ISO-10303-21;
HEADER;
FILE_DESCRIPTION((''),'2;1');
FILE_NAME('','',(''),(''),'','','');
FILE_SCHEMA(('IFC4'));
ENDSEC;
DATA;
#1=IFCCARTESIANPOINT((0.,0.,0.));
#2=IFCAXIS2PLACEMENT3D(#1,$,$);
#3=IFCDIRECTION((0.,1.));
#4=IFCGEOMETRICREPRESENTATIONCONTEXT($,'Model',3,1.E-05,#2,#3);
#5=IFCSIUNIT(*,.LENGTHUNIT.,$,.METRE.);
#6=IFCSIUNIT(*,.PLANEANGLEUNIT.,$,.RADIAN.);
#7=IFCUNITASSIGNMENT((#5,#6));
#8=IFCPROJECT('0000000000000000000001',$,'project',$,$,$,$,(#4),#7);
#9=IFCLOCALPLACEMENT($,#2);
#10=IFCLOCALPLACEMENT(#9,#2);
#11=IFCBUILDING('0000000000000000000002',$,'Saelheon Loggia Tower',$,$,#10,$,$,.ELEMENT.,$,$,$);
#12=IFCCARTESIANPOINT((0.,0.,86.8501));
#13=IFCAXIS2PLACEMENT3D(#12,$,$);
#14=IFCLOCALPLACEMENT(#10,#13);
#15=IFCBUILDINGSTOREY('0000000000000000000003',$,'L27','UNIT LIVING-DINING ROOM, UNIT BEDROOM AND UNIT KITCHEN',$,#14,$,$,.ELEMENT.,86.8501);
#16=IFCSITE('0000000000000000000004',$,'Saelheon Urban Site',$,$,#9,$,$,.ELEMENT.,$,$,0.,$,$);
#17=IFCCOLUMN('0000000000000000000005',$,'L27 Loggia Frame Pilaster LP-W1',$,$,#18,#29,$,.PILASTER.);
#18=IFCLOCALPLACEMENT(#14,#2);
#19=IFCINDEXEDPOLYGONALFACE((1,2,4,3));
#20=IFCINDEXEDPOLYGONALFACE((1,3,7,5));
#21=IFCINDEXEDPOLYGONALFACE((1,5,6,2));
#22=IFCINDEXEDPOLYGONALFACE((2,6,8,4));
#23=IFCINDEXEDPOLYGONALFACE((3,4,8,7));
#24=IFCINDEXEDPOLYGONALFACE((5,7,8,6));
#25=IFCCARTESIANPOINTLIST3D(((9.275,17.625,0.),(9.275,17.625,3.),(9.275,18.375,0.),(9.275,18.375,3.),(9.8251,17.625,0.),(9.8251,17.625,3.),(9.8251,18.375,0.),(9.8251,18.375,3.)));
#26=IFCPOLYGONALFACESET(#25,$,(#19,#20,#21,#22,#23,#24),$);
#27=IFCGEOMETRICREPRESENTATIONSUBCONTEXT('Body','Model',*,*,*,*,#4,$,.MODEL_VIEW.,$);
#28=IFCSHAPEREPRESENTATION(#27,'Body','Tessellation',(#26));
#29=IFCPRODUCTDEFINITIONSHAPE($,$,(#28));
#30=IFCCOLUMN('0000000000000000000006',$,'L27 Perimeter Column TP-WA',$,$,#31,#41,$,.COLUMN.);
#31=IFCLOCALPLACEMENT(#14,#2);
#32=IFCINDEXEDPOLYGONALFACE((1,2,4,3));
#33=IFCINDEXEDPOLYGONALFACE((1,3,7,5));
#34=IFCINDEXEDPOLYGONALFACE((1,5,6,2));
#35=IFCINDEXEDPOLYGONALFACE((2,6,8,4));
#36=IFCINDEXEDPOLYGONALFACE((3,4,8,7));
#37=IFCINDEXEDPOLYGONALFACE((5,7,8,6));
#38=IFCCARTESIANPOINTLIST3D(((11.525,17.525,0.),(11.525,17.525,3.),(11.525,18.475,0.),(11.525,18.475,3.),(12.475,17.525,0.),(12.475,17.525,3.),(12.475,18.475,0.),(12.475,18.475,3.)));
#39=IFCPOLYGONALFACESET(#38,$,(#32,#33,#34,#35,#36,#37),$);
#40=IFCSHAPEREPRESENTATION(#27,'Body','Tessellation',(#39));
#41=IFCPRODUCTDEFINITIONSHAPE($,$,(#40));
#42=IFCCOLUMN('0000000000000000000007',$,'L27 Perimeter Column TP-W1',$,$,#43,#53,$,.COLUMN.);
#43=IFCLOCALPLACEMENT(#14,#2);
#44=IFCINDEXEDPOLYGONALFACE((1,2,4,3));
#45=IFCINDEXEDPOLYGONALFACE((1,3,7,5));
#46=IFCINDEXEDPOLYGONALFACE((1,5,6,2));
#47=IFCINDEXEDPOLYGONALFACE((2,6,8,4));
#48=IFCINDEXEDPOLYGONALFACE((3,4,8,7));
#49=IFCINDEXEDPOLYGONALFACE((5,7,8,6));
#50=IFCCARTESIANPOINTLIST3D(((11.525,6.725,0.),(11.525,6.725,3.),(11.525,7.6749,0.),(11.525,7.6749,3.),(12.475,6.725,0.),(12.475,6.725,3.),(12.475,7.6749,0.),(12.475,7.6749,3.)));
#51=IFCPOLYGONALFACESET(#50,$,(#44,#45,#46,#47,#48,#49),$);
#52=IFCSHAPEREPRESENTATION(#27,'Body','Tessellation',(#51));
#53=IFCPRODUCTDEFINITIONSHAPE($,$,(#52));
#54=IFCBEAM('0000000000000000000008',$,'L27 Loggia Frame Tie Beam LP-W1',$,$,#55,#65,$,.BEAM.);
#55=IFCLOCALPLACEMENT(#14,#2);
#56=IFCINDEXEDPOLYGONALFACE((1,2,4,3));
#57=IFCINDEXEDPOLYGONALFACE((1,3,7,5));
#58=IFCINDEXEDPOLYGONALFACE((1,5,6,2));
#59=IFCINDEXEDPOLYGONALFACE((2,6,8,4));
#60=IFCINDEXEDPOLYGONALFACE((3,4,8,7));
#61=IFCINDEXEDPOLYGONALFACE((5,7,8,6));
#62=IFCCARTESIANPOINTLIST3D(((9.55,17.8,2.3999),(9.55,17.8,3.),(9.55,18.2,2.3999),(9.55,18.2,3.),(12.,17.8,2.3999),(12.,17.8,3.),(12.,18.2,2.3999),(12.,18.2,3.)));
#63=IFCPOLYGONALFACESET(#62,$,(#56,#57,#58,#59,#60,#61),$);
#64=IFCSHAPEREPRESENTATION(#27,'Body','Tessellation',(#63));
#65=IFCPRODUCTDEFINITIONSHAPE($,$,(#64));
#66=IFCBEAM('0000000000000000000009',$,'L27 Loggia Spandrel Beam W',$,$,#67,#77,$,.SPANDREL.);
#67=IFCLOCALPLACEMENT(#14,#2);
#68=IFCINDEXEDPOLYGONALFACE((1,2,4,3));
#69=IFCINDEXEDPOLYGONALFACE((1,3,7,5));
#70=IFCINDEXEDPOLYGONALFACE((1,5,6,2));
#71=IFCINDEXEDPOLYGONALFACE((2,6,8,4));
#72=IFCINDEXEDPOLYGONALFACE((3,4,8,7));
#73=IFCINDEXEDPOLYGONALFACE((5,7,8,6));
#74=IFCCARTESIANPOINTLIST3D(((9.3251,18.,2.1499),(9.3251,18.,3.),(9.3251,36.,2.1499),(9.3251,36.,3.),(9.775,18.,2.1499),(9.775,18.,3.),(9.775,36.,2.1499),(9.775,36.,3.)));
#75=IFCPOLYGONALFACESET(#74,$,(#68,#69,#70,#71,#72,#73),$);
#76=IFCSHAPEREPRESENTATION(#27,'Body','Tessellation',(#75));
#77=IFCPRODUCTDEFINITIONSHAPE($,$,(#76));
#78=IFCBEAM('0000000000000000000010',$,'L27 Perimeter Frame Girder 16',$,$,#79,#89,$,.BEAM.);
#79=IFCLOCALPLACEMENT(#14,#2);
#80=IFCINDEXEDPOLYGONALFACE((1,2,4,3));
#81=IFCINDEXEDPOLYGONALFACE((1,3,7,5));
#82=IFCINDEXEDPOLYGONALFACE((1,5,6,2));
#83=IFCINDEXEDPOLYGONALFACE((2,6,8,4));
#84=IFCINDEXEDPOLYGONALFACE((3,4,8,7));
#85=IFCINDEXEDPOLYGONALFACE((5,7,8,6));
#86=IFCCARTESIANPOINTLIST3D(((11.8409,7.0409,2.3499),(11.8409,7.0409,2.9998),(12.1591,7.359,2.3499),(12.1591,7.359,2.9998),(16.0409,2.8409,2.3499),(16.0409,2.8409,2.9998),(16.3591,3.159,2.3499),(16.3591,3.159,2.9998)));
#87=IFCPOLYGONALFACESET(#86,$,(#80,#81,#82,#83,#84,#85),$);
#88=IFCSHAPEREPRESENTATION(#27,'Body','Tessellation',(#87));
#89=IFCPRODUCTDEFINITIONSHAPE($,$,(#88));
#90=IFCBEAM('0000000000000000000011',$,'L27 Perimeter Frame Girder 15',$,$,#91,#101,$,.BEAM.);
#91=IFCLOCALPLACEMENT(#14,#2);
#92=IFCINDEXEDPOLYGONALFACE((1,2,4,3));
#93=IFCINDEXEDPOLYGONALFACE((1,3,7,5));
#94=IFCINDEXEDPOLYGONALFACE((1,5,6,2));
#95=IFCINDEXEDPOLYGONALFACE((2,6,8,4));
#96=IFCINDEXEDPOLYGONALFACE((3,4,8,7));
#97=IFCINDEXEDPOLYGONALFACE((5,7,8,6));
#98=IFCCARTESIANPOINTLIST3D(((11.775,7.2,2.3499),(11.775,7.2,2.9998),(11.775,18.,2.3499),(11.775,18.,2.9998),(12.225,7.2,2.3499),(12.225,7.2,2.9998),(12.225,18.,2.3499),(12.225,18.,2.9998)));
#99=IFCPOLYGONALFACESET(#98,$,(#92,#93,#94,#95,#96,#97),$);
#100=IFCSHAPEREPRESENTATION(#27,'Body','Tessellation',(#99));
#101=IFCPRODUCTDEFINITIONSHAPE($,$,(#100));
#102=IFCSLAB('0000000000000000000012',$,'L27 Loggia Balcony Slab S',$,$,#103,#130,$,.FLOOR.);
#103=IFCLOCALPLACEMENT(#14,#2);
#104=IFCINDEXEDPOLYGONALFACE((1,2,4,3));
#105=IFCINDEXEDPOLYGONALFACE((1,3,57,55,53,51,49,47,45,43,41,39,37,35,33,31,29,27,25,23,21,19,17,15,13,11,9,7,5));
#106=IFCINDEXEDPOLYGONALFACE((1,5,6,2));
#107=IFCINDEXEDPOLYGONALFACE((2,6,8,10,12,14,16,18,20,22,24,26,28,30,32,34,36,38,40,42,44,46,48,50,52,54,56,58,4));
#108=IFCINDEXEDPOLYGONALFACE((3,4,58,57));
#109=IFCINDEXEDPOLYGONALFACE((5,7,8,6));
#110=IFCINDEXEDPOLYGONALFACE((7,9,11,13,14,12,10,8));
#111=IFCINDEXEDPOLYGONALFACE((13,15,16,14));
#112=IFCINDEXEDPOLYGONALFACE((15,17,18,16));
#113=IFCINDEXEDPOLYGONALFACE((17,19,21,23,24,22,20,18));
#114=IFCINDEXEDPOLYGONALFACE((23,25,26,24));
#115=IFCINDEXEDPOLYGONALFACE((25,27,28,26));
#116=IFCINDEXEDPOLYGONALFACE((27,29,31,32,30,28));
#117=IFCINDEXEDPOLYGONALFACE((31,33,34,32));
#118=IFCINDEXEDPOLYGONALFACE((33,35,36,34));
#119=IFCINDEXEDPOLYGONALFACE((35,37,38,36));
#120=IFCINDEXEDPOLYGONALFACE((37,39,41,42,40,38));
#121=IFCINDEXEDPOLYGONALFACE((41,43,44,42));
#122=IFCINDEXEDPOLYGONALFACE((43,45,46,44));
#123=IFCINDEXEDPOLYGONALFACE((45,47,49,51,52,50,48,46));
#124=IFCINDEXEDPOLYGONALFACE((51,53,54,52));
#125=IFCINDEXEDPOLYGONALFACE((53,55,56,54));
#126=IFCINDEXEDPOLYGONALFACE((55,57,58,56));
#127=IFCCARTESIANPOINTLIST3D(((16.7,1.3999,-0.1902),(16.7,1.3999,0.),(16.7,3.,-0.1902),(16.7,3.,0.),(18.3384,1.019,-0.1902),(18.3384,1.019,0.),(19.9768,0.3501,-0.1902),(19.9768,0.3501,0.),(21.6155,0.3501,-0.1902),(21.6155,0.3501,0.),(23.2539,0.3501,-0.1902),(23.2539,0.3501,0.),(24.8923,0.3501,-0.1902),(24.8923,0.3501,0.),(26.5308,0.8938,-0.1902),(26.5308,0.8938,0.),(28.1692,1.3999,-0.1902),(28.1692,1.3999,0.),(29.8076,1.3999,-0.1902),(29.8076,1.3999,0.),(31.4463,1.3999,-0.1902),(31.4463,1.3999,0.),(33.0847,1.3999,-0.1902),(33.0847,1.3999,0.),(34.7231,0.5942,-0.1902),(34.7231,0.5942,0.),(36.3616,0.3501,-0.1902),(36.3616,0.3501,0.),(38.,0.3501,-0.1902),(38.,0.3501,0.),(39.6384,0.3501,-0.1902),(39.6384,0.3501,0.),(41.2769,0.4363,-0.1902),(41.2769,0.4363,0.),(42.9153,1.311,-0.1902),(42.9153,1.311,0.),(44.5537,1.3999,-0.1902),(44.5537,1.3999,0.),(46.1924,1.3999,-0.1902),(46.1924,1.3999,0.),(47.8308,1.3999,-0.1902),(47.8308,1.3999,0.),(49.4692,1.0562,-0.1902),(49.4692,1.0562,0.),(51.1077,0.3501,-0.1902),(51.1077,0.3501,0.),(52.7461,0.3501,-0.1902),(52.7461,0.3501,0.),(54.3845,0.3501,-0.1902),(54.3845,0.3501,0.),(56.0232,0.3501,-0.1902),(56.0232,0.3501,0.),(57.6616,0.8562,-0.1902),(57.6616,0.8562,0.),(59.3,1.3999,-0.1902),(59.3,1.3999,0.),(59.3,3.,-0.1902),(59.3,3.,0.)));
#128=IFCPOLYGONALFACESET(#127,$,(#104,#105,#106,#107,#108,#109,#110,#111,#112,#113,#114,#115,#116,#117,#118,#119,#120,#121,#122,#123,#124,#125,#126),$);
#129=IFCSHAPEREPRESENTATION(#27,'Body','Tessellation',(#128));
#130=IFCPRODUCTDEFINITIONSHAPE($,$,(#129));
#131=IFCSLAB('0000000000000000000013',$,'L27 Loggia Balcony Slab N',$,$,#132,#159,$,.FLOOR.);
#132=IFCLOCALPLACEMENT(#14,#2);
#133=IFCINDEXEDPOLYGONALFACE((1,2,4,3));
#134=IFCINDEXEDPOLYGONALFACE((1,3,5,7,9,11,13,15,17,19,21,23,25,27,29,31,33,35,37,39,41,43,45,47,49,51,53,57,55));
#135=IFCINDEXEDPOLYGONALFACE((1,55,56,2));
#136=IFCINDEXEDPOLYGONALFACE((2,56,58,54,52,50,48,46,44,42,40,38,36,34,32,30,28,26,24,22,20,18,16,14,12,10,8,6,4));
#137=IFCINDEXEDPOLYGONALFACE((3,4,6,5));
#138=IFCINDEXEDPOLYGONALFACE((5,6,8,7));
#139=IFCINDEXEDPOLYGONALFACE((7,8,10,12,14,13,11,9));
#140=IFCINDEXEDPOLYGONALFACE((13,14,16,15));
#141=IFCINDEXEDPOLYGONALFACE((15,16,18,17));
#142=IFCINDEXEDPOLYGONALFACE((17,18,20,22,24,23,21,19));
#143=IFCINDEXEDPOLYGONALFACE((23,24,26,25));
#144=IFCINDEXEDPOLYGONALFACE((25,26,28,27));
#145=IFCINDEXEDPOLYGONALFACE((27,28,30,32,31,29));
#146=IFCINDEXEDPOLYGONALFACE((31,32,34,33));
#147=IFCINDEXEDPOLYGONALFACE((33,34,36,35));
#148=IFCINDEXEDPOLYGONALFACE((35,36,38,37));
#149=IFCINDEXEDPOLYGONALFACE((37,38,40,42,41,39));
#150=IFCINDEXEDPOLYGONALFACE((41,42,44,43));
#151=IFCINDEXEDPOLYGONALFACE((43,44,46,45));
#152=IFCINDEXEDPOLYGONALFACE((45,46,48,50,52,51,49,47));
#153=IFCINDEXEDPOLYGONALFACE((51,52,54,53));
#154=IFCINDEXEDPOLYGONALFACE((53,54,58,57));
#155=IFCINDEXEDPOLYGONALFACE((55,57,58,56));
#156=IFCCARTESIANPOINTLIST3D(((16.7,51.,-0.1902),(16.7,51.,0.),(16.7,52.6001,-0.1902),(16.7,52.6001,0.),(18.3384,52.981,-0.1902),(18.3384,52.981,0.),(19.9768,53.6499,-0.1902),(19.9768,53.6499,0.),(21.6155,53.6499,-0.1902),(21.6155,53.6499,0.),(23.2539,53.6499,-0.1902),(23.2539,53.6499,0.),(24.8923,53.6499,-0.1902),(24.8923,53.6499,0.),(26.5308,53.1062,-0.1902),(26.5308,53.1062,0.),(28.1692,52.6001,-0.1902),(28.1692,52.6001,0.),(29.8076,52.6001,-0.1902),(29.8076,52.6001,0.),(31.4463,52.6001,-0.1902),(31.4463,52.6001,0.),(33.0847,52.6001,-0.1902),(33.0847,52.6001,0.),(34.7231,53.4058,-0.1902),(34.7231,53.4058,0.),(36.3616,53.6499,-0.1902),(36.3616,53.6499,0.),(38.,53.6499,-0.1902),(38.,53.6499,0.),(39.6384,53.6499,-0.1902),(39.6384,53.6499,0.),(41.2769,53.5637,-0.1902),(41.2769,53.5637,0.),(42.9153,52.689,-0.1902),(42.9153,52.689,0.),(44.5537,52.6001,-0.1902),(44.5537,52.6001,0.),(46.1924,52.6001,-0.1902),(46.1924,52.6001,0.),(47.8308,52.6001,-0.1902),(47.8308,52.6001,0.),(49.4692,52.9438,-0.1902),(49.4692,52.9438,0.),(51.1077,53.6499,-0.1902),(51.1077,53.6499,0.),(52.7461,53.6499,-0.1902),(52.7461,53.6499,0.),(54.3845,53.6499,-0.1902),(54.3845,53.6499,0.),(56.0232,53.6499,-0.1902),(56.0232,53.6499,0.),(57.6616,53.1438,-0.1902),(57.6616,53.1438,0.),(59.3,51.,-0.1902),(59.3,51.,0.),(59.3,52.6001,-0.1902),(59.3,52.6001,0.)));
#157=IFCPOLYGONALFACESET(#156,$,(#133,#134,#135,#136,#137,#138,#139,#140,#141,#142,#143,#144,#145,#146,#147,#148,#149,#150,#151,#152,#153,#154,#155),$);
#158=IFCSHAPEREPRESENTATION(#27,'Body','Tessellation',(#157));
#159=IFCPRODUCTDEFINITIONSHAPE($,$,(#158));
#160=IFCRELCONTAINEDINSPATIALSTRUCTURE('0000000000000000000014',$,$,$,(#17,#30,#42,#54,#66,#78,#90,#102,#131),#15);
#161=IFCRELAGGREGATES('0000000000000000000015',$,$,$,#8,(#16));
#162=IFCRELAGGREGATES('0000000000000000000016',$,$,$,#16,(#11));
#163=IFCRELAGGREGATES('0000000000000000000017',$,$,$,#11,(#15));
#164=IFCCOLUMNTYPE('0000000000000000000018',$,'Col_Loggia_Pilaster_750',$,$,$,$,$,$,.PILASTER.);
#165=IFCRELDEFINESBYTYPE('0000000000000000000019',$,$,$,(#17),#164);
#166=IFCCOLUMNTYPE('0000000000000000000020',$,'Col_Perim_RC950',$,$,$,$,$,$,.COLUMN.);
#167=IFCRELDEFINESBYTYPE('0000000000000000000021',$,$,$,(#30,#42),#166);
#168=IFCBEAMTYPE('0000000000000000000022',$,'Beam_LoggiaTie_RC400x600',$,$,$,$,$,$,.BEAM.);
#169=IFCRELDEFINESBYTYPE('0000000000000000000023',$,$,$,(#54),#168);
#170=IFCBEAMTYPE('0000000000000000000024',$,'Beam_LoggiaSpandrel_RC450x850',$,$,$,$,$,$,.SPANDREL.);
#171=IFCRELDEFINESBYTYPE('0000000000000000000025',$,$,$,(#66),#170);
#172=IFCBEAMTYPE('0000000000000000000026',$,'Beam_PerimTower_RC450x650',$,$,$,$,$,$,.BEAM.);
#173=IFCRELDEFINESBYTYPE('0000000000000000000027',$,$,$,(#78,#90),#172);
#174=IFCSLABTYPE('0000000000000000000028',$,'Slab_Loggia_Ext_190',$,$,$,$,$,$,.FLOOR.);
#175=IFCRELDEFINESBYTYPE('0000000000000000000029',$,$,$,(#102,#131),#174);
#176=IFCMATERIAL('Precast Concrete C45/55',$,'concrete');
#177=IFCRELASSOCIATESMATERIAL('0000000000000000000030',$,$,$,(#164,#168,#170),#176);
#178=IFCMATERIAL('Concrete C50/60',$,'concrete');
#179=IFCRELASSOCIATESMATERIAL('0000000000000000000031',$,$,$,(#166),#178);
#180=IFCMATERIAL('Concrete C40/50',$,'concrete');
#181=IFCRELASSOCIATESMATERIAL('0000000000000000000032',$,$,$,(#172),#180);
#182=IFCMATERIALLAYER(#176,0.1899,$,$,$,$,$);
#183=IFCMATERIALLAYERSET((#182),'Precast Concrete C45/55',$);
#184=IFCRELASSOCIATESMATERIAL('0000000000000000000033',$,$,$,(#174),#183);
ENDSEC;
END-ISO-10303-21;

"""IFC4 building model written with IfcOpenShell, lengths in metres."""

from ifc_helpers import new_model, si_unit, direction, frame, origin, origin_2d, place, context, subcontext, project, spatial, polyline, rectangle, outline, extrude, source, transform, mapped, material, layer, layer_set, material_profile, profile_set, type_object, element, save


model = new_model("IFC4")

# Units and contexts
model_context = context("Model", 3, precision=1e-05, world=origin(), true_north=direction((0.0, 1.0)))
body_context = subcontext(model_context, "Body", "Model", "MODEL_VIEW")
ifc_project = project(units=[si_unit("LENGTHUNIT", "METRE"), si_unit("PLANEANGLEUNIT", "RADIAN")], contexts=[model_context])

# Site, building, storey
site_placement = place(None, origin())
site = spatial("IfcSite", under=ifc_project, at=site_placement, Name="Saelheon Urban Site", CompositionType="ELEMENT", RefElevation=0.0)
building_placement = place(site_placement, origin())
building = spatial("IfcBuilding", under=site, at=building_placement, Name="Saelheon Loggia Tower", CompositionType="ELEMENT")
storey_placement = place(building_placement, frame((0.0, 0.0, 86.8501)))
storey = spatial("IfcBuildingStorey", under=building, at=storey_placement, Name="L27", Description="UNIT LIVING-DINING ROOM, UNIT BEDROOM AND UNIT KITCHEN", CompositionType="ELEMENT", Elevation=86.8501)

# Columns
ifc_material_1 = material(Name="Precast Concrete C45/55", Category="concrete")
ifc_material_profile_1 = material_profile(ifc_material_1, rectangle(XDim=0.55, YDim=0.75, at=origin_2d()), Name="RC-550x750")
ifc_profile_set_1 = profile_set([ifc_material_profile_1], Name="Precast Concrete C45/55")
column_type_1 = type_object("IfcColumnType", Name="Col_Loggia_Pilaster_750", PredefinedType="PILASTER", material=ifc_profile_set_1)
shared_shape_1 = source(origin(), body_context, "Body", "SweptSolid", [
    extrude(rectangle(XDim=0.55, YDim=0.75, at=origin_2d()), origin(), (0.0, 0.0, 1.0), 3.0),
])
column_placement = place(storey_placement, frame((9.55, 18.0, 0.0), z_axis=(0.0, 0.0, 1.0), x_axis=(1.0, 0.0, 0.0)))
element("IfcColumn", 1, at=column_placement, inside=storey, type_object=column_type_1, Name="L27 Loggia Frame Pilaster LP-W1", PredefinedType="PILASTER", context=body_context, shape_type="MappedRepresentation", body=[
    mapped(shared_shape_1, transform((0.0, 0.0, 0.0), scale=1.0)),
])
ifc_material_2 = material(Name="Concrete C50/60", Category="concrete")
ifc_material_profile_2 = material_profile(ifc_material_2, rectangle(XDim=0.95, YDim=0.95, at=origin_2d()), Name="RC-950x950")
ifc_profile_set_2 = profile_set([ifc_material_profile_2], Name="Concrete C50/60")
column_type_2 = type_object("IfcColumnType", Name="Col_Perim_RC950", PredefinedType="COLUMN", material=ifc_profile_set_2)
shared_shape_2 = source(origin(), body_context, "Body", "SweptSolid", [
    extrude(rectangle(XDim=0.95, YDim=0.95, at=origin_2d()), origin(), (0.0, 0.0, 1.0), 3.0),
])
for number, where, z_axis, x_axis, name in (
    (2, (12.0, 18.0, 0.0), (0.0, 0.0, 1.0), (1.0, 0.0, 0.0), "L27 Perimeter Column TP-WA"),
    (3, (12.0, 7.2, 0.0), (0.0, 0.0, 1.0), (1.0, 0.0, 0.0), "L27 Perimeter Column TP-W1"),
):
    element("IfcColumn", number, at=place(storey_placement, frame(where, z_axis=z_axis, x_axis=x_axis)), inside=storey, type_object=column_type_2, Name=name, PredefinedType="COLUMN", context=body_context, shape_type="MappedRepresentation", body=[
        mapped(shared_shape_2, transform((0.0, 0.0, 0.0), scale=1.0)),
    ])

# Beams
ifc_material_profile_3 = material_profile(ifc_material_1, rectangle(XDim=0.3999, YDim=0.6001, at=origin_2d()), Name="RC-400x600")
ifc_profile_set_3 = profile_set([ifc_material_profile_3], Name="Precast Concrete C45/55")
beam_type_1 = type_object("IfcBeamType", Name="Beam_LoggiaTie_RC400x600", PredefinedType="BEAM", material=ifc_profile_set_3)
shared_shape_3 = source(origin(), body_context, "Body", "SweptSolid", [
    extrude(rectangle(XDim=0.3999, YDim=0.6001, at=origin_2d()), origin(), (0.0, 0.0, 1.0), 2.45),
])
beam_1_placement = place(storey_placement, frame((12.0, 18.0, 2.7), z_axis=(-1.0, 0.0, 0.0), x_axis=(0.0, -1.0, 0.0)))
element("IfcBeam", 4, at=beam_1_placement, inside=storey, type_object=beam_type_1, Name="L27 Loggia Frame Tie Beam LP-W1", PredefinedType="BEAM", context=body_context, shape_type="MappedRepresentation", body=[
    mapped(shared_shape_3, transform((0.0, 0.0, 0.0), scale=1.0)),
])
ifc_material_profile_4 = material_profile(ifc_material_1, rectangle(XDim=0.45, YDim=0.8501, at=origin_2d()), Name="RC-450x850")
ifc_profile_set_4 = profile_set([ifc_material_profile_4], Name="Precast Concrete C45/55")
beam_type_2 = type_object("IfcBeamType", Name="Beam_LoggiaSpandrel_RC450x850", PredefinedType="SPANDREL", material=ifc_profile_set_4)
shared_shape_4 = source(origin(), body_context, "Body", "SweptSolid", [
    extrude(rectangle(XDim=0.45, YDim=0.8501, at=origin_2d()), origin(), (0.0, 0.0, 1.0), 18.0),
])
beam_2_placement = place(storey_placement, frame((9.55, 18.0, 2.575), z_axis=(0.0, 1.0, 0.0), x_axis=(-1.0, 0.0, 0.0)))
element("IfcBeam", 5, at=beam_2_placement, inside=storey, type_object=beam_type_2, Name="L27 Loggia Spandrel Beam W", PredefinedType="SPANDREL", context=body_context, shape_type="MappedRepresentation", body=[
    mapped(shared_shape_4, transform((0.0, 0.0, 0.0), scale=1.0)),
])
ifc_material_3 = material(Name="Concrete C40/50", Category="concrete")
ifc_material_profile_5 = material_profile(ifc_material_3, rectangle(XDim=0.45, YDim=0.6499, at=origin_2d()), Name="RC-450x650")
ifc_profile_set_5 = profile_set([ifc_material_profile_5], Name="Concrete C40/50")
beam_type_3 = type_object("IfcBeamType", Name="Beam_PerimTower_RC450x650", PredefinedType="BEAM", material=ifc_profile_set_5)
shared_shape_5 = source(origin(), body_context, "Body", "SweptSolid", [
    extrude(rectangle(XDim=0.45, YDim=0.6499, at=origin_2d()), origin(), (0.0, 0.0, 1.0), 5.9397),
])
beam_3_placement = place(storey_placement, frame((12.0, 7.2, 2.6748), z_axis=(0.707107, -0.707107, 0.0), x_axis=(0.707107, 0.707107, 0.0)))
element("IfcBeam", 6, at=beam_3_placement, inside=storey, type_object=beam_type_3, Name="L27 Perimeter Frame Girder 16", PredefinedType="BEAM", context=body_context, shape_type="MappedRepresentation", body=[
    mapped(shared_shape_5, transform((0.0, 0.0, 0.0), scale=1.0)),
])
shared_shape_6 = source(origin(), body_context, "Body", "SweptSolid", [
    extrude(rectangle(XDim=0.45, YDim=0.6499, at=origin_2d()), origin(), (0.0, 0.0, 1.0), 10.8),
])
beam_4_placement = place(storey_placement, frame((12.0, 18.0, 2.6748), z_axis=(0.0, -1.0, 0.0), x_axis=(1.0, 0.0, 0.0)))
element("IfcBeam", 7, at=beam_4_placement, inside=storey, type_object=beam_type_3, Name="L27 Perimeter Frame Girder 15", PredefinedType="BEAM", context=body_context, shape_type="MappedRepresentation", body=[
    mapped(shared_shape_6, transform((0.0, 0.0, 0.0), scale=1.0)),
])

# Slabs
ifc_layer_1 = layer(ifc_material_1, 0.1899)
ifc_layer_set_1 = layer_set([ifc_layer_1], Name="Precast Concrete C45/55")
slab_type_1 = type_object("IfcSlabType", Name="Slab_Loggia_Ext_190", PredefinedType="FLOOR", material=ifc_layer_set_1)
slab_1_placement = place(storey_placement, frame((0.0, 0.0, -0.1902)))
element("IfcSlab", 8, at=slab_1_placement, inside=storey, type_object=slab_type_1, Name="L27 Loggia Balcony Slab S", PredefinedType="FLOOR", context=body_context, shape_type="SweptSolid", body=[
    extrude(outline(polyline([(16.7, 1.3999), (18.3384, 1.019), (19.9768, 0.3501), (21.6155, 0.3501), (23.2539, 0.3501), (24.8923, 0.3501), (26.5308, 0.8938), (28.1692, 1.3999), (29.8076, 1.3999), (31.4463, 1.3999), (33.0847, 1.3999), (34.7231, 0.5942), (36.3616, 0.3501), (38.0, 0.3501), (39.6384, 0.3501), (41.2769, 0.4363), (42.9153, 1.311), (44.5537, 1.3999), (46.1924, 1.3999), (47.8308, 1.3999), (49.4692, 1.0562), (51.1077, 0.3501), (52.7461, 0.3501), (54.3845, 0.3501), (56.0232, 0.3501), (57.6616, 0.8562), (59.3, 1.3999), (59.3, 3.0), (16.7, 3.0), (16.7, 1.3999)])), origin(), (0.0, 0.0, 1.0), 0.1902),
])
slab_2_placement = place(storey_placement, frame((0.0, 0.0, -0.1902)))
element("IfcSlab", 9, at=slab_2_placement, inside=storey, type_object=slab_type_1, Name="L27 Loggia Balcony Slab N", PredefinedType="FLOOR", context=body_context, shape_type="SweptSolid", body=[
    extrude(outline(polyline([(16.7, 51.0), (59.3, 51.0), (59.3, 52.6001), (57.6616, 53.1438), (56.0232, 53.6499), (54.3845, 53.6499), (52.7461, 53.6499), (51.1077, 53.6499), (49.4692, 52.9438), (47.8308, 52.6001), (46.1924, 52.6001), (44.5537, 52.6001), (42.9153, 52.689), (41.2769, 53.5637), (39.6384, 53.6499), (38.0, 53.6499), (36.3616, 53.6499), (34.7231, 53.4058), (33.0847, 52.6001), (31.4463, 52.6001), (29.8076, 52.6001), (28.1692, 52.6001), (26.5308, 53.1062), (24.8923, 53.6499), (23.2539, 53.6499), (21.6155, 53.6499), (19.9768, 53.6499), (18.3384, 52.981), (16.7, 52.6001), (16.7, 51.0)])), origin(), (0.0, 0.0, 1.0), 0.1902),
])

save(model, "model.ifc")
